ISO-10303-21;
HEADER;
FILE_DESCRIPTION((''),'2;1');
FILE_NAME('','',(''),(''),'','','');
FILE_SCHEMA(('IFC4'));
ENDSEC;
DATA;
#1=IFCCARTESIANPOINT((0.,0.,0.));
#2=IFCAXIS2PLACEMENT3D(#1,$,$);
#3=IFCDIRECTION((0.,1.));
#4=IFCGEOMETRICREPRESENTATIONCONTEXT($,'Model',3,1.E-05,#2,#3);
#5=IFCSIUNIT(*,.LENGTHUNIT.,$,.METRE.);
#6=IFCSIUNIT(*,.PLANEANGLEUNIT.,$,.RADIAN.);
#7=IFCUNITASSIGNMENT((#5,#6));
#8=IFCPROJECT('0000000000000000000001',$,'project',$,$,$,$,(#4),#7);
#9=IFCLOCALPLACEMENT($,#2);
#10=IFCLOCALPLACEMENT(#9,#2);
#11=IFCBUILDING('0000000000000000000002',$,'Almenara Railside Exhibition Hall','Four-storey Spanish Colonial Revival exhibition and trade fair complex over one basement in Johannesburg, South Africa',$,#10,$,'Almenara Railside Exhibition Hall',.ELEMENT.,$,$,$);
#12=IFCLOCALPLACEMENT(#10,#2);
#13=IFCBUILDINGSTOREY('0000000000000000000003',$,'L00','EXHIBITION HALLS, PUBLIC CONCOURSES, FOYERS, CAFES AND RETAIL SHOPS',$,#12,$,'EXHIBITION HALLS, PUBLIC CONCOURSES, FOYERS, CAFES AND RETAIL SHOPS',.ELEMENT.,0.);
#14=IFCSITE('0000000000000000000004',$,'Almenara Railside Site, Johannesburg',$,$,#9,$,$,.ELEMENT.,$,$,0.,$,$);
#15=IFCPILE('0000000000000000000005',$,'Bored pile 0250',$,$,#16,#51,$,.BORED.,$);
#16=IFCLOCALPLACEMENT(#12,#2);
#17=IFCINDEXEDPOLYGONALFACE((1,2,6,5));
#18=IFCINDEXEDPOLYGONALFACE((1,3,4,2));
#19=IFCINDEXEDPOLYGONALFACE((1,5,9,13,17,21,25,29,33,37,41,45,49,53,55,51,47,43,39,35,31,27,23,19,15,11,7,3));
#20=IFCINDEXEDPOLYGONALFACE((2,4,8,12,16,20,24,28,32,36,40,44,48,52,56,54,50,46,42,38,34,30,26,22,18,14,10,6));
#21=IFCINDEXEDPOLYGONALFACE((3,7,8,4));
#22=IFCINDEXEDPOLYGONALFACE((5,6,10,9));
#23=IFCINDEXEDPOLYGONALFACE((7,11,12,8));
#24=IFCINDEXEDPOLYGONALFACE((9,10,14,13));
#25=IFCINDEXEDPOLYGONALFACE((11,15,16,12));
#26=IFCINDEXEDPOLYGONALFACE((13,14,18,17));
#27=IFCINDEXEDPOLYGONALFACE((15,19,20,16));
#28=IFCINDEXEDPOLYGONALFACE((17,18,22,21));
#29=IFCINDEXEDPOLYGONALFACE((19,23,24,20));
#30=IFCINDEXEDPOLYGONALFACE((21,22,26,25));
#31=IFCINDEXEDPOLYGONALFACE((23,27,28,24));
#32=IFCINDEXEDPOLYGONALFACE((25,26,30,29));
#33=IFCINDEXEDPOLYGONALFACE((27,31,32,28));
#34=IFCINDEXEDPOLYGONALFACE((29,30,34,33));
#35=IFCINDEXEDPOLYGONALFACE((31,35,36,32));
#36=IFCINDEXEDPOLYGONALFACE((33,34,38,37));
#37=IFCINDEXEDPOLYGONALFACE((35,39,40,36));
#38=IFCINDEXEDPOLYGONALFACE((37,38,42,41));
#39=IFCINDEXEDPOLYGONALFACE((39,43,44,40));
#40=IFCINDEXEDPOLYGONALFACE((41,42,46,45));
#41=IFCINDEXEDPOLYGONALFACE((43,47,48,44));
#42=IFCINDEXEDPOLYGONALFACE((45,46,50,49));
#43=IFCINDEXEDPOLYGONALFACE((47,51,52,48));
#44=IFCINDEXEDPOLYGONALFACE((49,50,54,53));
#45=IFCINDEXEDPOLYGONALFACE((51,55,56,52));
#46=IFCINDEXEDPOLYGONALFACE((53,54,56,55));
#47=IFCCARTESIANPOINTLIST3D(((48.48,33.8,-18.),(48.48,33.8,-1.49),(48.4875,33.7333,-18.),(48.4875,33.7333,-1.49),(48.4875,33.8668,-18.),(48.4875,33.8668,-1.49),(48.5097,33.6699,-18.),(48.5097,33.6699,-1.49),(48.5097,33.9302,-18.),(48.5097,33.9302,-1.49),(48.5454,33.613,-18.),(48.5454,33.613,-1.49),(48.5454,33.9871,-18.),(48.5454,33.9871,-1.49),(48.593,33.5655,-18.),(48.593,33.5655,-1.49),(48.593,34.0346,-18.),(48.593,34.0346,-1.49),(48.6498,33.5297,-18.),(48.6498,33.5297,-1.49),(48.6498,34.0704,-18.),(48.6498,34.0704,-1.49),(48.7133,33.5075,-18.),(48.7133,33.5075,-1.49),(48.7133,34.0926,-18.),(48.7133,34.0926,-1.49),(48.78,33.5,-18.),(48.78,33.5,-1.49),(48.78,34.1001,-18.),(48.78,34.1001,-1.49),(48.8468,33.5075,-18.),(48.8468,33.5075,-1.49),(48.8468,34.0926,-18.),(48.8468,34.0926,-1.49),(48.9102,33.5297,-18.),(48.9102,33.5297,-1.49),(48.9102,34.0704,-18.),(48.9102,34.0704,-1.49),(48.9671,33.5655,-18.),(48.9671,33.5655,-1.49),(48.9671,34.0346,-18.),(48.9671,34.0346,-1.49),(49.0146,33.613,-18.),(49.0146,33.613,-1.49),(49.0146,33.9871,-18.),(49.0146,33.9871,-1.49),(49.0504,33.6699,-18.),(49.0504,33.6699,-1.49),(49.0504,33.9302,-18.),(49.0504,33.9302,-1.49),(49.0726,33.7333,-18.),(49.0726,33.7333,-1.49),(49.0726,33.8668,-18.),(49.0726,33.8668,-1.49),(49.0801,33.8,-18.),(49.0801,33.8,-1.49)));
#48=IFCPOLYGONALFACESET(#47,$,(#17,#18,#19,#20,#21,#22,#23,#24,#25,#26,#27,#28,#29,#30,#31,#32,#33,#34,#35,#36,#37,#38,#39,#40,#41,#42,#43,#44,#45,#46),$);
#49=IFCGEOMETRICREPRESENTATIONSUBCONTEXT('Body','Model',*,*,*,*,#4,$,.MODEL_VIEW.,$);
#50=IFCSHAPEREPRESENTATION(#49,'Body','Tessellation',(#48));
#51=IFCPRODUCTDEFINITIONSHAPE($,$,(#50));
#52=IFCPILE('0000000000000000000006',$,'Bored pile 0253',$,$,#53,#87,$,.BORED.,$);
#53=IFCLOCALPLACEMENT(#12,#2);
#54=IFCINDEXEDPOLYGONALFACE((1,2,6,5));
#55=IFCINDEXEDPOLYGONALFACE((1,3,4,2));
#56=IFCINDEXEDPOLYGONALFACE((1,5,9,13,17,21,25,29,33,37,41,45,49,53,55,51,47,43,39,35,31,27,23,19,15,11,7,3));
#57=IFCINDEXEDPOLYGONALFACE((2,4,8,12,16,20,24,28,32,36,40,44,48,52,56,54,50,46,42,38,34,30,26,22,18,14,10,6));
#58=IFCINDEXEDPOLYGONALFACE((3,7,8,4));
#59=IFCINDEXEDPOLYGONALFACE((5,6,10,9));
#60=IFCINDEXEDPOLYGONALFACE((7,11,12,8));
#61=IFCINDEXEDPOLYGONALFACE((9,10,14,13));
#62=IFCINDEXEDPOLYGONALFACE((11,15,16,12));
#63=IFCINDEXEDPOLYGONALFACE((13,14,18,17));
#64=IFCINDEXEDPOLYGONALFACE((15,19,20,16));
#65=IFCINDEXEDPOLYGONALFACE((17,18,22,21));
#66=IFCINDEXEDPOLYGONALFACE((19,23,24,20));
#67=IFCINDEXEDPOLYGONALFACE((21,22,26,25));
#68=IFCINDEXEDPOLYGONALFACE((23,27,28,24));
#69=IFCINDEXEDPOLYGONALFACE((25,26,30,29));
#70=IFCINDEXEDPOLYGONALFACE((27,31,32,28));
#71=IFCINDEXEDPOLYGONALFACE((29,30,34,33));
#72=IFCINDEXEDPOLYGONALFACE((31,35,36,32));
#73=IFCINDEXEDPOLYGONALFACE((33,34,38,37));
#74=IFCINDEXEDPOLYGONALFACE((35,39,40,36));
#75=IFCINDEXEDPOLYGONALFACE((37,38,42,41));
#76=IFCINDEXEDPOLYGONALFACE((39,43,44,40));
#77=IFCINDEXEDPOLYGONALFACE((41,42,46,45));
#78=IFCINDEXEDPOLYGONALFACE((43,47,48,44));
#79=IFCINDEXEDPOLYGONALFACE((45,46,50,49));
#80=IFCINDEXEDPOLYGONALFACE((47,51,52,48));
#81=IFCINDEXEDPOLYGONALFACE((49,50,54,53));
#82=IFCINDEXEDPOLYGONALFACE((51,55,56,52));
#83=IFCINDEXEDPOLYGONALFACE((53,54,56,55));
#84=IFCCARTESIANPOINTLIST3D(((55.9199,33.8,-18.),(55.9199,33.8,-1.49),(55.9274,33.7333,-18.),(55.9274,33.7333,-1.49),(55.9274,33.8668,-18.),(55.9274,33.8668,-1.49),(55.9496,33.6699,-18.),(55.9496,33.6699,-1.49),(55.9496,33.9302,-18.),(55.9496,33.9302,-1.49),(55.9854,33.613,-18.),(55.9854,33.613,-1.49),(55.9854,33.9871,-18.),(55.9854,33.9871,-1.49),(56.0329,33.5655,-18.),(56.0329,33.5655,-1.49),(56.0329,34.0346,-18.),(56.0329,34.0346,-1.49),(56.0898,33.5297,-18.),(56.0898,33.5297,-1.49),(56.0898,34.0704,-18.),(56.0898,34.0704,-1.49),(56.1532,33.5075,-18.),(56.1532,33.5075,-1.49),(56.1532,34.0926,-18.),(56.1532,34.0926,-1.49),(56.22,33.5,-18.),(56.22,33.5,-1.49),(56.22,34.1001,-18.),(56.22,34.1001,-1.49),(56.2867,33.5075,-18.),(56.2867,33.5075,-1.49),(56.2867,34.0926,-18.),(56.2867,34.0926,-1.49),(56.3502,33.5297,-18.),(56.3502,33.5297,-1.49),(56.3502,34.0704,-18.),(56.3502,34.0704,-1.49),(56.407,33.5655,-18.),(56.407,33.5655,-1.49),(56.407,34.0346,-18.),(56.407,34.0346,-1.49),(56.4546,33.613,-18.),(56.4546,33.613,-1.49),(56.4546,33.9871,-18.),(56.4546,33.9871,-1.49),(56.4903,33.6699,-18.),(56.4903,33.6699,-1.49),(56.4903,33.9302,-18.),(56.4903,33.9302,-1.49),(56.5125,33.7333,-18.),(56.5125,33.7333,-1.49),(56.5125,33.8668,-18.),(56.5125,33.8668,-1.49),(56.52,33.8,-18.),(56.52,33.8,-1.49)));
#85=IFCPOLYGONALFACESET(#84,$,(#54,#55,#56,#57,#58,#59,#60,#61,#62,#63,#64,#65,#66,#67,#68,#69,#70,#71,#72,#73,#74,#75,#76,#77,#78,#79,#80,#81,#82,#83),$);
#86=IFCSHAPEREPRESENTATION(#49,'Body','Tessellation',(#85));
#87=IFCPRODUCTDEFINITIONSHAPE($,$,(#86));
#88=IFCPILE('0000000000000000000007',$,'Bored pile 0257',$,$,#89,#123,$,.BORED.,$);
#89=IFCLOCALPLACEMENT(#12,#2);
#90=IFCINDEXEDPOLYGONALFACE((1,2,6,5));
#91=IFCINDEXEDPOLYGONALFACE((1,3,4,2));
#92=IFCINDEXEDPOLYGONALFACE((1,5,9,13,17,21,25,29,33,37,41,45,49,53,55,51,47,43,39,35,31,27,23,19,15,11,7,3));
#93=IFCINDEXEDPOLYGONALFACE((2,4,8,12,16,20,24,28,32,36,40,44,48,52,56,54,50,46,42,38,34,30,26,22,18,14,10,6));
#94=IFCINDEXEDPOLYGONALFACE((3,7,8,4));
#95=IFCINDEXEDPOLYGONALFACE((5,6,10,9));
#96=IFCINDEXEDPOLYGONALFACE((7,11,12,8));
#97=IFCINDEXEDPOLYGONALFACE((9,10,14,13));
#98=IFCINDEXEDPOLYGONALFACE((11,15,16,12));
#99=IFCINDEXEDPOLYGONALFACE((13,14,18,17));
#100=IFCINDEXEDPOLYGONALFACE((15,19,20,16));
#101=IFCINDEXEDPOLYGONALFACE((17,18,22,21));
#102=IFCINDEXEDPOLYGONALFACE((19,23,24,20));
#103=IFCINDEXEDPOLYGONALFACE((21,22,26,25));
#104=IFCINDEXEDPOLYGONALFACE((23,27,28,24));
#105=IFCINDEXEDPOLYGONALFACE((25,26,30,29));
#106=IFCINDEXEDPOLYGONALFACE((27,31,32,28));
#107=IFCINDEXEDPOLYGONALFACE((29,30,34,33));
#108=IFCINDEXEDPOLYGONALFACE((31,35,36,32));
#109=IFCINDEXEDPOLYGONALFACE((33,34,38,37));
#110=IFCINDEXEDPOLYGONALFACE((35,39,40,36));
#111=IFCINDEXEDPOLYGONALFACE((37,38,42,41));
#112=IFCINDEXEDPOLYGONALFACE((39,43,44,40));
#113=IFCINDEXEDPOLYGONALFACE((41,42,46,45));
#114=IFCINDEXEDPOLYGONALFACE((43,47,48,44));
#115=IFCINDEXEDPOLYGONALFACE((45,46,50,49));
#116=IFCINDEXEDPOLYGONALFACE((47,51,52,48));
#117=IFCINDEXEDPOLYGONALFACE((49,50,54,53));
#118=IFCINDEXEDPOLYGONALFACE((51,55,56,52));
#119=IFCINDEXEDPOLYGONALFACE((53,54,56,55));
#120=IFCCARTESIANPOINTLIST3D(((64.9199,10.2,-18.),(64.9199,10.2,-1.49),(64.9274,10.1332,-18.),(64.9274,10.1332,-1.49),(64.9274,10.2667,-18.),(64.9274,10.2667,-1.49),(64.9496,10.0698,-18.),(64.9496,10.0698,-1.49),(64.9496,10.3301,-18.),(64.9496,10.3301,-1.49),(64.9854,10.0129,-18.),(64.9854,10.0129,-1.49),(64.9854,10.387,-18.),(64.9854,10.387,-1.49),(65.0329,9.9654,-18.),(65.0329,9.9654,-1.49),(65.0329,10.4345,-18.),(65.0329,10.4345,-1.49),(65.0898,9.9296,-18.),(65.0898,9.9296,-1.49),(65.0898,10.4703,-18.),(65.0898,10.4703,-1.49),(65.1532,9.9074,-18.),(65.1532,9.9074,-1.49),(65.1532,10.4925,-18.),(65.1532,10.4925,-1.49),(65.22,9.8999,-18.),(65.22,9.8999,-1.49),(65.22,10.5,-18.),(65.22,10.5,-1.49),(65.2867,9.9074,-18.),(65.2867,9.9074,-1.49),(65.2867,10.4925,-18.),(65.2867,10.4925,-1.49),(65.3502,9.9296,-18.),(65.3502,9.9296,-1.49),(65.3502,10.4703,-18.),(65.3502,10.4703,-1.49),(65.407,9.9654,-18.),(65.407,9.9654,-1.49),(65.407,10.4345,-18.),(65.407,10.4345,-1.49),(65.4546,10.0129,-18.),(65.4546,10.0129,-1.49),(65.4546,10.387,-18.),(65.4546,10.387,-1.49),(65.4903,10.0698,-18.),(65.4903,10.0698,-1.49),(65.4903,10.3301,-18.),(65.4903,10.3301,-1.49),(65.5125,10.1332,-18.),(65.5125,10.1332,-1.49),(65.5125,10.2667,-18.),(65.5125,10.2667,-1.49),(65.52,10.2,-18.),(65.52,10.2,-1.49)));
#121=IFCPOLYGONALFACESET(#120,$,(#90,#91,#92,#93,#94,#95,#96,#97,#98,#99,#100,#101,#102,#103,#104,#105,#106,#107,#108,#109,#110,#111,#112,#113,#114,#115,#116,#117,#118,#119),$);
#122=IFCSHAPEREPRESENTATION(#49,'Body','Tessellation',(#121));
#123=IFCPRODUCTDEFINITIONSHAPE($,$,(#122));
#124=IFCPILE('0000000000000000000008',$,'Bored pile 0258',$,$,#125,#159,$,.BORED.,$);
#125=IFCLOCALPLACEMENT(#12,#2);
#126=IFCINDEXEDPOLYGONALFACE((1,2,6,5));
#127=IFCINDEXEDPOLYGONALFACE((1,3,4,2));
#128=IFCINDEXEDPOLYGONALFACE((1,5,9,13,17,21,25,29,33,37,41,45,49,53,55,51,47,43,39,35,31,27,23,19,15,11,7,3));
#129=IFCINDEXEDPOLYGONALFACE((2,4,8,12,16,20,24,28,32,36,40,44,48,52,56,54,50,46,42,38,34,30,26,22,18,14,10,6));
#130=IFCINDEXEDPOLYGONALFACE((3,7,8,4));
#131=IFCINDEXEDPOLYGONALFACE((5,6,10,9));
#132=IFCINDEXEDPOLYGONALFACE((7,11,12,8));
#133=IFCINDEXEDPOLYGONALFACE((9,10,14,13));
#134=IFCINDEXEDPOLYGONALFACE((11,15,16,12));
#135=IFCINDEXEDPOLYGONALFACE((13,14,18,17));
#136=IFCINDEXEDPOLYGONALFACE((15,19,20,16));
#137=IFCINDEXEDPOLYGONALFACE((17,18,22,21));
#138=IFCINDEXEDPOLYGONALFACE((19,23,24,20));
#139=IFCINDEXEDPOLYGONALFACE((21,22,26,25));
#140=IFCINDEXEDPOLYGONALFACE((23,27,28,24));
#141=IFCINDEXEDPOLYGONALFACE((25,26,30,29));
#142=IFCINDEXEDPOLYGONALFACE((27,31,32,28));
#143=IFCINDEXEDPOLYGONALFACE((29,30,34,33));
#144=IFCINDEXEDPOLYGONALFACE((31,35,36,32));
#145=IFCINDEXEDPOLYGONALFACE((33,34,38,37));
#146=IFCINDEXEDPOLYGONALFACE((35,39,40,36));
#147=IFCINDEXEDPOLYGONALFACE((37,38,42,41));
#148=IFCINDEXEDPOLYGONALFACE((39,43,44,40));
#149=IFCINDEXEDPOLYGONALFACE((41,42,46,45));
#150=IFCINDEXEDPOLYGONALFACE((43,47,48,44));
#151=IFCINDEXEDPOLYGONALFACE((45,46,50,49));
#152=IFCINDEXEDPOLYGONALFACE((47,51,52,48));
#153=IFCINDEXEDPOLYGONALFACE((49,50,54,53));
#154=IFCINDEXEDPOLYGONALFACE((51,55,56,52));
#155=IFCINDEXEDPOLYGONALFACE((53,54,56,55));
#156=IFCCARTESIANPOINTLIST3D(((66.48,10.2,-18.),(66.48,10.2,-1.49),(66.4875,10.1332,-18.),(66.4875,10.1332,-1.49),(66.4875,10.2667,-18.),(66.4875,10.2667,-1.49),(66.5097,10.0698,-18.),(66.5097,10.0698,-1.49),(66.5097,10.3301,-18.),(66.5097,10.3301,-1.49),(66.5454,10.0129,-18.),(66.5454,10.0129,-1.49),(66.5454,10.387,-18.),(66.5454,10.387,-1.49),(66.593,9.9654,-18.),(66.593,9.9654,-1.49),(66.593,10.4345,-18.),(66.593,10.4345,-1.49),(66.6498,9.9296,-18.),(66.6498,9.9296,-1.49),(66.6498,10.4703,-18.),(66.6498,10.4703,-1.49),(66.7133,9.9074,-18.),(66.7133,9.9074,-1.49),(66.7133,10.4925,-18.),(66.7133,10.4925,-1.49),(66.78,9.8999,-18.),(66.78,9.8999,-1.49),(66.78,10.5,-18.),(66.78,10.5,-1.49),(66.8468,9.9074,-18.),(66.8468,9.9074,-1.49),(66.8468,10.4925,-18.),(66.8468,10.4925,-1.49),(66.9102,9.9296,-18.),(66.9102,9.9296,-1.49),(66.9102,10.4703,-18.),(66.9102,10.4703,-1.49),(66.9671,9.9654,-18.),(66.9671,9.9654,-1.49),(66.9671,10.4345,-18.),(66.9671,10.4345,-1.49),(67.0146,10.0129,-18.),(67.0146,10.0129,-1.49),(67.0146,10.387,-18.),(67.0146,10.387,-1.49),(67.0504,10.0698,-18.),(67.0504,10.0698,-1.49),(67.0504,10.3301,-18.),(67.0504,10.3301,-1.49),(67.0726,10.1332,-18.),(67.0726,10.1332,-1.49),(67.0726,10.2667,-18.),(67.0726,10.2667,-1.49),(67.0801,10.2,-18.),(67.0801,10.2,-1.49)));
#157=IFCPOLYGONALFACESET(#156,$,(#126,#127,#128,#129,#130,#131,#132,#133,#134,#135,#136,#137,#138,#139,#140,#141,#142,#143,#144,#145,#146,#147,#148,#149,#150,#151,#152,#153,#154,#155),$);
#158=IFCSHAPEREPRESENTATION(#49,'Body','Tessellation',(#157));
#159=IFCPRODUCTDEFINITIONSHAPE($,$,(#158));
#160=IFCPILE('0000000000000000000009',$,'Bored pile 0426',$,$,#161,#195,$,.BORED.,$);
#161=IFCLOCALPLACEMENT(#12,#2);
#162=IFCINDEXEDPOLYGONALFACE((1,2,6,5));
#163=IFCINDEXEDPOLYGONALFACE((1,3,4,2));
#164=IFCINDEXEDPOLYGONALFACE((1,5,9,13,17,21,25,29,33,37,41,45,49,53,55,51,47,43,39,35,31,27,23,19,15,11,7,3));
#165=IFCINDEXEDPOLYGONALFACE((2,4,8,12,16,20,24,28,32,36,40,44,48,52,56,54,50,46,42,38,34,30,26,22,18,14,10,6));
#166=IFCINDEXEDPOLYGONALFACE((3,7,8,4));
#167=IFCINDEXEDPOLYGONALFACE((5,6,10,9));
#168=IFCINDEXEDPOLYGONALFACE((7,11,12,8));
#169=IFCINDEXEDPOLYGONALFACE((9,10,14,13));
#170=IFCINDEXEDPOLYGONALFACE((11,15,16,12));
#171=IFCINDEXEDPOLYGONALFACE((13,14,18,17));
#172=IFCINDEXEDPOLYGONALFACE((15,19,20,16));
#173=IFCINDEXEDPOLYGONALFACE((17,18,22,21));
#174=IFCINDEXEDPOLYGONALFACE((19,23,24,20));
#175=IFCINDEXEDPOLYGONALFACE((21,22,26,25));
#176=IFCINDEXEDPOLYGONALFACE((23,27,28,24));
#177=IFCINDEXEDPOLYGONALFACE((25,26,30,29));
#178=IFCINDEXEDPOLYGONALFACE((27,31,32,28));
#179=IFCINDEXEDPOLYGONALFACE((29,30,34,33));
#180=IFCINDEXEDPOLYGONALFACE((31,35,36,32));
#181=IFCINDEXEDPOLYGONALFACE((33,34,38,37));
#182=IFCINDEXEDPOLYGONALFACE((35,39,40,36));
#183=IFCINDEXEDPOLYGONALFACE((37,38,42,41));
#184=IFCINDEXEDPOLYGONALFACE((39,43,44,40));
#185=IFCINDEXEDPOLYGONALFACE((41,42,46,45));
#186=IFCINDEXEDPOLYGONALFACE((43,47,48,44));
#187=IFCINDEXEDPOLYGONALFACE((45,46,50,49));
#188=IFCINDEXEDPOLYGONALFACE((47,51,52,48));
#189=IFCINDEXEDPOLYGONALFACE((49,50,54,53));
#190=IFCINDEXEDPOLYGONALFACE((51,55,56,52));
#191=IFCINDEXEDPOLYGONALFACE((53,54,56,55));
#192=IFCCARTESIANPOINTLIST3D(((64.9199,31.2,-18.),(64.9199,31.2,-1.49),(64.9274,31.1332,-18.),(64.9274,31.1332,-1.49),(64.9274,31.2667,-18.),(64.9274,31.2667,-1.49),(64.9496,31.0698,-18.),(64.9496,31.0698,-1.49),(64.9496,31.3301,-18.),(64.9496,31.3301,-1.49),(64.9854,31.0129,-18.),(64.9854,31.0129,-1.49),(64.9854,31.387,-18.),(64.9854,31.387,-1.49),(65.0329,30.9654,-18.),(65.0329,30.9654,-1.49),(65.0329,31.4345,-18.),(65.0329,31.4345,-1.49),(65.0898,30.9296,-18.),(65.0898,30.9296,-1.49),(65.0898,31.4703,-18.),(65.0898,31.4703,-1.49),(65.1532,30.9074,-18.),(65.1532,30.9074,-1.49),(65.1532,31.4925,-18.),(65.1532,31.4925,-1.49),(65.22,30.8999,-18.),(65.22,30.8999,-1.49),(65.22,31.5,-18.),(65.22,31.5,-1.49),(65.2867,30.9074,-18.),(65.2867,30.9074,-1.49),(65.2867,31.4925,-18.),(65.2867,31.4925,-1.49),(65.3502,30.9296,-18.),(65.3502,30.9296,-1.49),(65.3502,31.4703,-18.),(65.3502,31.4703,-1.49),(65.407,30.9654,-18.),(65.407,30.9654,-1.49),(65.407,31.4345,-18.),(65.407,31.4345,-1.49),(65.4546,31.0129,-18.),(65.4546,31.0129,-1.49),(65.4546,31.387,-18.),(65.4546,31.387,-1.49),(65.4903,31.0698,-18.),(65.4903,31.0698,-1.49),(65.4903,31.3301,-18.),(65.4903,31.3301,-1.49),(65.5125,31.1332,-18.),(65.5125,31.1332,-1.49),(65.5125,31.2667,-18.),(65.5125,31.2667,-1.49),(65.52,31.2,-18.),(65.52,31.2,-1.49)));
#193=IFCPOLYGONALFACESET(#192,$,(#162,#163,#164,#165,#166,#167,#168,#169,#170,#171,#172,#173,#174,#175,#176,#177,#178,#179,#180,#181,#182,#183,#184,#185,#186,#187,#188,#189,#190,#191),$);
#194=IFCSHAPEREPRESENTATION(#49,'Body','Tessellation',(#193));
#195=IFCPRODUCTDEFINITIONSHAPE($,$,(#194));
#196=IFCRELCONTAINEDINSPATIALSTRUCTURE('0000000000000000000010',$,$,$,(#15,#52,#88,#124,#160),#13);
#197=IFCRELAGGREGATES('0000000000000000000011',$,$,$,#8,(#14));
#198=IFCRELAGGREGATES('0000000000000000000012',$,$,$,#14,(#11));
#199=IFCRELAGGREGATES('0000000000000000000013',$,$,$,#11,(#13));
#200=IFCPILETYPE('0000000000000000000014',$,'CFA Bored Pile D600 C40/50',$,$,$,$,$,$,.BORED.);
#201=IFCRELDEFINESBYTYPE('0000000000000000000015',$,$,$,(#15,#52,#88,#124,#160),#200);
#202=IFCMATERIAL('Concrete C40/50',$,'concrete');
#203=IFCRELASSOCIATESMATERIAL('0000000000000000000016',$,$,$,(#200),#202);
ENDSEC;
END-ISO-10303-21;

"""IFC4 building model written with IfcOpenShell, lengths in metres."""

from ifc_helpers import new_model, si_unit, direction, frame, origin, origin_2d, place, context, subcontext, project, spatial, circle, extrude, material, material_profile, profile_set, type_object, element, save


model = new_model("IFC4")

# Units and contexts
model_context = context("Model", 3, precision=1e-05, world=origin(), true_north=direction((0.0, 1.0)))
body_context = subcontext(model_context, "Body", "Model", "MODEL_VIEW")
ifc_project = project(units=[si_unit("LENGTHUNIT", "METRE"), si_unit("PLANEANGLEUNIT", "RADIAN")], contexts=[model_context])

# Site, building, storey
site_placement = place(None, origin())
site = spatial("IfcSite", under=ifc_project, at=site_placement, Name="Almenara Railside Site, Johannesburg", CompositionType="ELEMENT", RefElevation=0.0)
building_placement = place(site_placement, origin())
building = spatial("IfcBuilding", under=site, at=building_placement, Name="Almenara Railside Exhibition Hall", Description="Four-storey Spanish Colonial Revival exhibition and trade fair complex over one basement in Johannesburg, South Africa", LongName="Almenara Railside Exhibition Hall", CompositionType="ELEMENT")
storey_placement = place(building_placement, origin())
storey = spatial("IfcBuildingStorey", under=building, at=storey_placement, Name="L00", Description="EXHIBITION HALLS, PUBLIC CONCOURSES, FOYERS, CAFES AND RETAIL SHOPS", LongName="EXHIBITION HALLS, PUBLIC CONCOURSES, FOYERS, CAFES AND RETAIL SHOPS", CompositionType="ELEMENT", Elevation=0.0)

# Piles
ifc_material_1 = material(Name="Concrete C40/50", Category="concrete")
ifc_material_profile_1 = material_profile(ifc_material_1, circle(Radius=0.3, at=origin_2d()), Name="CFA-PILE D600")
ifc_profile_set_1 = profile_set([ifc_material_profile_1], Name="Concrete C40/50")
pile_type_1 = type_object("IfcPileType", Name="CFA Bored Pile D600 C40/50", PredefinedType="BORED", material=ifc_profile_set_1)
for number, where, z_axis, x_axis, name in (
    (1, (48.78, 33.8, -1.49), (0.0, 0.0, -1.0), (1.0, 0.0, 0.0), "Bored pile 0250"),
    (2, (56.22, 33.8, -1.49), (0.0, 0.0, -1.0), (1.0, 0.0, 0.0), "Bored pile 0253"),
    (3, (65.22, 10.2, -1.49), (0.0, 0.0, -1.0), (1.0, 0.0, 0.0), "Bored pile 0257"),
    (4, (66.78, 10.2, -1.49), (0.0, 0.0, -1.0), (1.0, 0.0, 0.0), "Bored pile 0258"),
    (5, (65.22, 31.2, -1.49), (0.0, 0.0, -1.0), (1.0, 0.0, 0.0), "Bored pile 0426"),
):
    element("IfcPile", number, at=place(storey_placement, frame(where, z_axis=z_axis, x_axis=x_axis)), inside=storey, type_object=pile_type_1, Name=name, PredefinedType="BORED", context=body_context, shape_type="SweptSolid", body=[
        extrude(circle(Radius=0.3, at=origin_2d()), origin(), (0.0, 0.0, 1.0), 16.51),
    ])

save(model, "model.ifc")
